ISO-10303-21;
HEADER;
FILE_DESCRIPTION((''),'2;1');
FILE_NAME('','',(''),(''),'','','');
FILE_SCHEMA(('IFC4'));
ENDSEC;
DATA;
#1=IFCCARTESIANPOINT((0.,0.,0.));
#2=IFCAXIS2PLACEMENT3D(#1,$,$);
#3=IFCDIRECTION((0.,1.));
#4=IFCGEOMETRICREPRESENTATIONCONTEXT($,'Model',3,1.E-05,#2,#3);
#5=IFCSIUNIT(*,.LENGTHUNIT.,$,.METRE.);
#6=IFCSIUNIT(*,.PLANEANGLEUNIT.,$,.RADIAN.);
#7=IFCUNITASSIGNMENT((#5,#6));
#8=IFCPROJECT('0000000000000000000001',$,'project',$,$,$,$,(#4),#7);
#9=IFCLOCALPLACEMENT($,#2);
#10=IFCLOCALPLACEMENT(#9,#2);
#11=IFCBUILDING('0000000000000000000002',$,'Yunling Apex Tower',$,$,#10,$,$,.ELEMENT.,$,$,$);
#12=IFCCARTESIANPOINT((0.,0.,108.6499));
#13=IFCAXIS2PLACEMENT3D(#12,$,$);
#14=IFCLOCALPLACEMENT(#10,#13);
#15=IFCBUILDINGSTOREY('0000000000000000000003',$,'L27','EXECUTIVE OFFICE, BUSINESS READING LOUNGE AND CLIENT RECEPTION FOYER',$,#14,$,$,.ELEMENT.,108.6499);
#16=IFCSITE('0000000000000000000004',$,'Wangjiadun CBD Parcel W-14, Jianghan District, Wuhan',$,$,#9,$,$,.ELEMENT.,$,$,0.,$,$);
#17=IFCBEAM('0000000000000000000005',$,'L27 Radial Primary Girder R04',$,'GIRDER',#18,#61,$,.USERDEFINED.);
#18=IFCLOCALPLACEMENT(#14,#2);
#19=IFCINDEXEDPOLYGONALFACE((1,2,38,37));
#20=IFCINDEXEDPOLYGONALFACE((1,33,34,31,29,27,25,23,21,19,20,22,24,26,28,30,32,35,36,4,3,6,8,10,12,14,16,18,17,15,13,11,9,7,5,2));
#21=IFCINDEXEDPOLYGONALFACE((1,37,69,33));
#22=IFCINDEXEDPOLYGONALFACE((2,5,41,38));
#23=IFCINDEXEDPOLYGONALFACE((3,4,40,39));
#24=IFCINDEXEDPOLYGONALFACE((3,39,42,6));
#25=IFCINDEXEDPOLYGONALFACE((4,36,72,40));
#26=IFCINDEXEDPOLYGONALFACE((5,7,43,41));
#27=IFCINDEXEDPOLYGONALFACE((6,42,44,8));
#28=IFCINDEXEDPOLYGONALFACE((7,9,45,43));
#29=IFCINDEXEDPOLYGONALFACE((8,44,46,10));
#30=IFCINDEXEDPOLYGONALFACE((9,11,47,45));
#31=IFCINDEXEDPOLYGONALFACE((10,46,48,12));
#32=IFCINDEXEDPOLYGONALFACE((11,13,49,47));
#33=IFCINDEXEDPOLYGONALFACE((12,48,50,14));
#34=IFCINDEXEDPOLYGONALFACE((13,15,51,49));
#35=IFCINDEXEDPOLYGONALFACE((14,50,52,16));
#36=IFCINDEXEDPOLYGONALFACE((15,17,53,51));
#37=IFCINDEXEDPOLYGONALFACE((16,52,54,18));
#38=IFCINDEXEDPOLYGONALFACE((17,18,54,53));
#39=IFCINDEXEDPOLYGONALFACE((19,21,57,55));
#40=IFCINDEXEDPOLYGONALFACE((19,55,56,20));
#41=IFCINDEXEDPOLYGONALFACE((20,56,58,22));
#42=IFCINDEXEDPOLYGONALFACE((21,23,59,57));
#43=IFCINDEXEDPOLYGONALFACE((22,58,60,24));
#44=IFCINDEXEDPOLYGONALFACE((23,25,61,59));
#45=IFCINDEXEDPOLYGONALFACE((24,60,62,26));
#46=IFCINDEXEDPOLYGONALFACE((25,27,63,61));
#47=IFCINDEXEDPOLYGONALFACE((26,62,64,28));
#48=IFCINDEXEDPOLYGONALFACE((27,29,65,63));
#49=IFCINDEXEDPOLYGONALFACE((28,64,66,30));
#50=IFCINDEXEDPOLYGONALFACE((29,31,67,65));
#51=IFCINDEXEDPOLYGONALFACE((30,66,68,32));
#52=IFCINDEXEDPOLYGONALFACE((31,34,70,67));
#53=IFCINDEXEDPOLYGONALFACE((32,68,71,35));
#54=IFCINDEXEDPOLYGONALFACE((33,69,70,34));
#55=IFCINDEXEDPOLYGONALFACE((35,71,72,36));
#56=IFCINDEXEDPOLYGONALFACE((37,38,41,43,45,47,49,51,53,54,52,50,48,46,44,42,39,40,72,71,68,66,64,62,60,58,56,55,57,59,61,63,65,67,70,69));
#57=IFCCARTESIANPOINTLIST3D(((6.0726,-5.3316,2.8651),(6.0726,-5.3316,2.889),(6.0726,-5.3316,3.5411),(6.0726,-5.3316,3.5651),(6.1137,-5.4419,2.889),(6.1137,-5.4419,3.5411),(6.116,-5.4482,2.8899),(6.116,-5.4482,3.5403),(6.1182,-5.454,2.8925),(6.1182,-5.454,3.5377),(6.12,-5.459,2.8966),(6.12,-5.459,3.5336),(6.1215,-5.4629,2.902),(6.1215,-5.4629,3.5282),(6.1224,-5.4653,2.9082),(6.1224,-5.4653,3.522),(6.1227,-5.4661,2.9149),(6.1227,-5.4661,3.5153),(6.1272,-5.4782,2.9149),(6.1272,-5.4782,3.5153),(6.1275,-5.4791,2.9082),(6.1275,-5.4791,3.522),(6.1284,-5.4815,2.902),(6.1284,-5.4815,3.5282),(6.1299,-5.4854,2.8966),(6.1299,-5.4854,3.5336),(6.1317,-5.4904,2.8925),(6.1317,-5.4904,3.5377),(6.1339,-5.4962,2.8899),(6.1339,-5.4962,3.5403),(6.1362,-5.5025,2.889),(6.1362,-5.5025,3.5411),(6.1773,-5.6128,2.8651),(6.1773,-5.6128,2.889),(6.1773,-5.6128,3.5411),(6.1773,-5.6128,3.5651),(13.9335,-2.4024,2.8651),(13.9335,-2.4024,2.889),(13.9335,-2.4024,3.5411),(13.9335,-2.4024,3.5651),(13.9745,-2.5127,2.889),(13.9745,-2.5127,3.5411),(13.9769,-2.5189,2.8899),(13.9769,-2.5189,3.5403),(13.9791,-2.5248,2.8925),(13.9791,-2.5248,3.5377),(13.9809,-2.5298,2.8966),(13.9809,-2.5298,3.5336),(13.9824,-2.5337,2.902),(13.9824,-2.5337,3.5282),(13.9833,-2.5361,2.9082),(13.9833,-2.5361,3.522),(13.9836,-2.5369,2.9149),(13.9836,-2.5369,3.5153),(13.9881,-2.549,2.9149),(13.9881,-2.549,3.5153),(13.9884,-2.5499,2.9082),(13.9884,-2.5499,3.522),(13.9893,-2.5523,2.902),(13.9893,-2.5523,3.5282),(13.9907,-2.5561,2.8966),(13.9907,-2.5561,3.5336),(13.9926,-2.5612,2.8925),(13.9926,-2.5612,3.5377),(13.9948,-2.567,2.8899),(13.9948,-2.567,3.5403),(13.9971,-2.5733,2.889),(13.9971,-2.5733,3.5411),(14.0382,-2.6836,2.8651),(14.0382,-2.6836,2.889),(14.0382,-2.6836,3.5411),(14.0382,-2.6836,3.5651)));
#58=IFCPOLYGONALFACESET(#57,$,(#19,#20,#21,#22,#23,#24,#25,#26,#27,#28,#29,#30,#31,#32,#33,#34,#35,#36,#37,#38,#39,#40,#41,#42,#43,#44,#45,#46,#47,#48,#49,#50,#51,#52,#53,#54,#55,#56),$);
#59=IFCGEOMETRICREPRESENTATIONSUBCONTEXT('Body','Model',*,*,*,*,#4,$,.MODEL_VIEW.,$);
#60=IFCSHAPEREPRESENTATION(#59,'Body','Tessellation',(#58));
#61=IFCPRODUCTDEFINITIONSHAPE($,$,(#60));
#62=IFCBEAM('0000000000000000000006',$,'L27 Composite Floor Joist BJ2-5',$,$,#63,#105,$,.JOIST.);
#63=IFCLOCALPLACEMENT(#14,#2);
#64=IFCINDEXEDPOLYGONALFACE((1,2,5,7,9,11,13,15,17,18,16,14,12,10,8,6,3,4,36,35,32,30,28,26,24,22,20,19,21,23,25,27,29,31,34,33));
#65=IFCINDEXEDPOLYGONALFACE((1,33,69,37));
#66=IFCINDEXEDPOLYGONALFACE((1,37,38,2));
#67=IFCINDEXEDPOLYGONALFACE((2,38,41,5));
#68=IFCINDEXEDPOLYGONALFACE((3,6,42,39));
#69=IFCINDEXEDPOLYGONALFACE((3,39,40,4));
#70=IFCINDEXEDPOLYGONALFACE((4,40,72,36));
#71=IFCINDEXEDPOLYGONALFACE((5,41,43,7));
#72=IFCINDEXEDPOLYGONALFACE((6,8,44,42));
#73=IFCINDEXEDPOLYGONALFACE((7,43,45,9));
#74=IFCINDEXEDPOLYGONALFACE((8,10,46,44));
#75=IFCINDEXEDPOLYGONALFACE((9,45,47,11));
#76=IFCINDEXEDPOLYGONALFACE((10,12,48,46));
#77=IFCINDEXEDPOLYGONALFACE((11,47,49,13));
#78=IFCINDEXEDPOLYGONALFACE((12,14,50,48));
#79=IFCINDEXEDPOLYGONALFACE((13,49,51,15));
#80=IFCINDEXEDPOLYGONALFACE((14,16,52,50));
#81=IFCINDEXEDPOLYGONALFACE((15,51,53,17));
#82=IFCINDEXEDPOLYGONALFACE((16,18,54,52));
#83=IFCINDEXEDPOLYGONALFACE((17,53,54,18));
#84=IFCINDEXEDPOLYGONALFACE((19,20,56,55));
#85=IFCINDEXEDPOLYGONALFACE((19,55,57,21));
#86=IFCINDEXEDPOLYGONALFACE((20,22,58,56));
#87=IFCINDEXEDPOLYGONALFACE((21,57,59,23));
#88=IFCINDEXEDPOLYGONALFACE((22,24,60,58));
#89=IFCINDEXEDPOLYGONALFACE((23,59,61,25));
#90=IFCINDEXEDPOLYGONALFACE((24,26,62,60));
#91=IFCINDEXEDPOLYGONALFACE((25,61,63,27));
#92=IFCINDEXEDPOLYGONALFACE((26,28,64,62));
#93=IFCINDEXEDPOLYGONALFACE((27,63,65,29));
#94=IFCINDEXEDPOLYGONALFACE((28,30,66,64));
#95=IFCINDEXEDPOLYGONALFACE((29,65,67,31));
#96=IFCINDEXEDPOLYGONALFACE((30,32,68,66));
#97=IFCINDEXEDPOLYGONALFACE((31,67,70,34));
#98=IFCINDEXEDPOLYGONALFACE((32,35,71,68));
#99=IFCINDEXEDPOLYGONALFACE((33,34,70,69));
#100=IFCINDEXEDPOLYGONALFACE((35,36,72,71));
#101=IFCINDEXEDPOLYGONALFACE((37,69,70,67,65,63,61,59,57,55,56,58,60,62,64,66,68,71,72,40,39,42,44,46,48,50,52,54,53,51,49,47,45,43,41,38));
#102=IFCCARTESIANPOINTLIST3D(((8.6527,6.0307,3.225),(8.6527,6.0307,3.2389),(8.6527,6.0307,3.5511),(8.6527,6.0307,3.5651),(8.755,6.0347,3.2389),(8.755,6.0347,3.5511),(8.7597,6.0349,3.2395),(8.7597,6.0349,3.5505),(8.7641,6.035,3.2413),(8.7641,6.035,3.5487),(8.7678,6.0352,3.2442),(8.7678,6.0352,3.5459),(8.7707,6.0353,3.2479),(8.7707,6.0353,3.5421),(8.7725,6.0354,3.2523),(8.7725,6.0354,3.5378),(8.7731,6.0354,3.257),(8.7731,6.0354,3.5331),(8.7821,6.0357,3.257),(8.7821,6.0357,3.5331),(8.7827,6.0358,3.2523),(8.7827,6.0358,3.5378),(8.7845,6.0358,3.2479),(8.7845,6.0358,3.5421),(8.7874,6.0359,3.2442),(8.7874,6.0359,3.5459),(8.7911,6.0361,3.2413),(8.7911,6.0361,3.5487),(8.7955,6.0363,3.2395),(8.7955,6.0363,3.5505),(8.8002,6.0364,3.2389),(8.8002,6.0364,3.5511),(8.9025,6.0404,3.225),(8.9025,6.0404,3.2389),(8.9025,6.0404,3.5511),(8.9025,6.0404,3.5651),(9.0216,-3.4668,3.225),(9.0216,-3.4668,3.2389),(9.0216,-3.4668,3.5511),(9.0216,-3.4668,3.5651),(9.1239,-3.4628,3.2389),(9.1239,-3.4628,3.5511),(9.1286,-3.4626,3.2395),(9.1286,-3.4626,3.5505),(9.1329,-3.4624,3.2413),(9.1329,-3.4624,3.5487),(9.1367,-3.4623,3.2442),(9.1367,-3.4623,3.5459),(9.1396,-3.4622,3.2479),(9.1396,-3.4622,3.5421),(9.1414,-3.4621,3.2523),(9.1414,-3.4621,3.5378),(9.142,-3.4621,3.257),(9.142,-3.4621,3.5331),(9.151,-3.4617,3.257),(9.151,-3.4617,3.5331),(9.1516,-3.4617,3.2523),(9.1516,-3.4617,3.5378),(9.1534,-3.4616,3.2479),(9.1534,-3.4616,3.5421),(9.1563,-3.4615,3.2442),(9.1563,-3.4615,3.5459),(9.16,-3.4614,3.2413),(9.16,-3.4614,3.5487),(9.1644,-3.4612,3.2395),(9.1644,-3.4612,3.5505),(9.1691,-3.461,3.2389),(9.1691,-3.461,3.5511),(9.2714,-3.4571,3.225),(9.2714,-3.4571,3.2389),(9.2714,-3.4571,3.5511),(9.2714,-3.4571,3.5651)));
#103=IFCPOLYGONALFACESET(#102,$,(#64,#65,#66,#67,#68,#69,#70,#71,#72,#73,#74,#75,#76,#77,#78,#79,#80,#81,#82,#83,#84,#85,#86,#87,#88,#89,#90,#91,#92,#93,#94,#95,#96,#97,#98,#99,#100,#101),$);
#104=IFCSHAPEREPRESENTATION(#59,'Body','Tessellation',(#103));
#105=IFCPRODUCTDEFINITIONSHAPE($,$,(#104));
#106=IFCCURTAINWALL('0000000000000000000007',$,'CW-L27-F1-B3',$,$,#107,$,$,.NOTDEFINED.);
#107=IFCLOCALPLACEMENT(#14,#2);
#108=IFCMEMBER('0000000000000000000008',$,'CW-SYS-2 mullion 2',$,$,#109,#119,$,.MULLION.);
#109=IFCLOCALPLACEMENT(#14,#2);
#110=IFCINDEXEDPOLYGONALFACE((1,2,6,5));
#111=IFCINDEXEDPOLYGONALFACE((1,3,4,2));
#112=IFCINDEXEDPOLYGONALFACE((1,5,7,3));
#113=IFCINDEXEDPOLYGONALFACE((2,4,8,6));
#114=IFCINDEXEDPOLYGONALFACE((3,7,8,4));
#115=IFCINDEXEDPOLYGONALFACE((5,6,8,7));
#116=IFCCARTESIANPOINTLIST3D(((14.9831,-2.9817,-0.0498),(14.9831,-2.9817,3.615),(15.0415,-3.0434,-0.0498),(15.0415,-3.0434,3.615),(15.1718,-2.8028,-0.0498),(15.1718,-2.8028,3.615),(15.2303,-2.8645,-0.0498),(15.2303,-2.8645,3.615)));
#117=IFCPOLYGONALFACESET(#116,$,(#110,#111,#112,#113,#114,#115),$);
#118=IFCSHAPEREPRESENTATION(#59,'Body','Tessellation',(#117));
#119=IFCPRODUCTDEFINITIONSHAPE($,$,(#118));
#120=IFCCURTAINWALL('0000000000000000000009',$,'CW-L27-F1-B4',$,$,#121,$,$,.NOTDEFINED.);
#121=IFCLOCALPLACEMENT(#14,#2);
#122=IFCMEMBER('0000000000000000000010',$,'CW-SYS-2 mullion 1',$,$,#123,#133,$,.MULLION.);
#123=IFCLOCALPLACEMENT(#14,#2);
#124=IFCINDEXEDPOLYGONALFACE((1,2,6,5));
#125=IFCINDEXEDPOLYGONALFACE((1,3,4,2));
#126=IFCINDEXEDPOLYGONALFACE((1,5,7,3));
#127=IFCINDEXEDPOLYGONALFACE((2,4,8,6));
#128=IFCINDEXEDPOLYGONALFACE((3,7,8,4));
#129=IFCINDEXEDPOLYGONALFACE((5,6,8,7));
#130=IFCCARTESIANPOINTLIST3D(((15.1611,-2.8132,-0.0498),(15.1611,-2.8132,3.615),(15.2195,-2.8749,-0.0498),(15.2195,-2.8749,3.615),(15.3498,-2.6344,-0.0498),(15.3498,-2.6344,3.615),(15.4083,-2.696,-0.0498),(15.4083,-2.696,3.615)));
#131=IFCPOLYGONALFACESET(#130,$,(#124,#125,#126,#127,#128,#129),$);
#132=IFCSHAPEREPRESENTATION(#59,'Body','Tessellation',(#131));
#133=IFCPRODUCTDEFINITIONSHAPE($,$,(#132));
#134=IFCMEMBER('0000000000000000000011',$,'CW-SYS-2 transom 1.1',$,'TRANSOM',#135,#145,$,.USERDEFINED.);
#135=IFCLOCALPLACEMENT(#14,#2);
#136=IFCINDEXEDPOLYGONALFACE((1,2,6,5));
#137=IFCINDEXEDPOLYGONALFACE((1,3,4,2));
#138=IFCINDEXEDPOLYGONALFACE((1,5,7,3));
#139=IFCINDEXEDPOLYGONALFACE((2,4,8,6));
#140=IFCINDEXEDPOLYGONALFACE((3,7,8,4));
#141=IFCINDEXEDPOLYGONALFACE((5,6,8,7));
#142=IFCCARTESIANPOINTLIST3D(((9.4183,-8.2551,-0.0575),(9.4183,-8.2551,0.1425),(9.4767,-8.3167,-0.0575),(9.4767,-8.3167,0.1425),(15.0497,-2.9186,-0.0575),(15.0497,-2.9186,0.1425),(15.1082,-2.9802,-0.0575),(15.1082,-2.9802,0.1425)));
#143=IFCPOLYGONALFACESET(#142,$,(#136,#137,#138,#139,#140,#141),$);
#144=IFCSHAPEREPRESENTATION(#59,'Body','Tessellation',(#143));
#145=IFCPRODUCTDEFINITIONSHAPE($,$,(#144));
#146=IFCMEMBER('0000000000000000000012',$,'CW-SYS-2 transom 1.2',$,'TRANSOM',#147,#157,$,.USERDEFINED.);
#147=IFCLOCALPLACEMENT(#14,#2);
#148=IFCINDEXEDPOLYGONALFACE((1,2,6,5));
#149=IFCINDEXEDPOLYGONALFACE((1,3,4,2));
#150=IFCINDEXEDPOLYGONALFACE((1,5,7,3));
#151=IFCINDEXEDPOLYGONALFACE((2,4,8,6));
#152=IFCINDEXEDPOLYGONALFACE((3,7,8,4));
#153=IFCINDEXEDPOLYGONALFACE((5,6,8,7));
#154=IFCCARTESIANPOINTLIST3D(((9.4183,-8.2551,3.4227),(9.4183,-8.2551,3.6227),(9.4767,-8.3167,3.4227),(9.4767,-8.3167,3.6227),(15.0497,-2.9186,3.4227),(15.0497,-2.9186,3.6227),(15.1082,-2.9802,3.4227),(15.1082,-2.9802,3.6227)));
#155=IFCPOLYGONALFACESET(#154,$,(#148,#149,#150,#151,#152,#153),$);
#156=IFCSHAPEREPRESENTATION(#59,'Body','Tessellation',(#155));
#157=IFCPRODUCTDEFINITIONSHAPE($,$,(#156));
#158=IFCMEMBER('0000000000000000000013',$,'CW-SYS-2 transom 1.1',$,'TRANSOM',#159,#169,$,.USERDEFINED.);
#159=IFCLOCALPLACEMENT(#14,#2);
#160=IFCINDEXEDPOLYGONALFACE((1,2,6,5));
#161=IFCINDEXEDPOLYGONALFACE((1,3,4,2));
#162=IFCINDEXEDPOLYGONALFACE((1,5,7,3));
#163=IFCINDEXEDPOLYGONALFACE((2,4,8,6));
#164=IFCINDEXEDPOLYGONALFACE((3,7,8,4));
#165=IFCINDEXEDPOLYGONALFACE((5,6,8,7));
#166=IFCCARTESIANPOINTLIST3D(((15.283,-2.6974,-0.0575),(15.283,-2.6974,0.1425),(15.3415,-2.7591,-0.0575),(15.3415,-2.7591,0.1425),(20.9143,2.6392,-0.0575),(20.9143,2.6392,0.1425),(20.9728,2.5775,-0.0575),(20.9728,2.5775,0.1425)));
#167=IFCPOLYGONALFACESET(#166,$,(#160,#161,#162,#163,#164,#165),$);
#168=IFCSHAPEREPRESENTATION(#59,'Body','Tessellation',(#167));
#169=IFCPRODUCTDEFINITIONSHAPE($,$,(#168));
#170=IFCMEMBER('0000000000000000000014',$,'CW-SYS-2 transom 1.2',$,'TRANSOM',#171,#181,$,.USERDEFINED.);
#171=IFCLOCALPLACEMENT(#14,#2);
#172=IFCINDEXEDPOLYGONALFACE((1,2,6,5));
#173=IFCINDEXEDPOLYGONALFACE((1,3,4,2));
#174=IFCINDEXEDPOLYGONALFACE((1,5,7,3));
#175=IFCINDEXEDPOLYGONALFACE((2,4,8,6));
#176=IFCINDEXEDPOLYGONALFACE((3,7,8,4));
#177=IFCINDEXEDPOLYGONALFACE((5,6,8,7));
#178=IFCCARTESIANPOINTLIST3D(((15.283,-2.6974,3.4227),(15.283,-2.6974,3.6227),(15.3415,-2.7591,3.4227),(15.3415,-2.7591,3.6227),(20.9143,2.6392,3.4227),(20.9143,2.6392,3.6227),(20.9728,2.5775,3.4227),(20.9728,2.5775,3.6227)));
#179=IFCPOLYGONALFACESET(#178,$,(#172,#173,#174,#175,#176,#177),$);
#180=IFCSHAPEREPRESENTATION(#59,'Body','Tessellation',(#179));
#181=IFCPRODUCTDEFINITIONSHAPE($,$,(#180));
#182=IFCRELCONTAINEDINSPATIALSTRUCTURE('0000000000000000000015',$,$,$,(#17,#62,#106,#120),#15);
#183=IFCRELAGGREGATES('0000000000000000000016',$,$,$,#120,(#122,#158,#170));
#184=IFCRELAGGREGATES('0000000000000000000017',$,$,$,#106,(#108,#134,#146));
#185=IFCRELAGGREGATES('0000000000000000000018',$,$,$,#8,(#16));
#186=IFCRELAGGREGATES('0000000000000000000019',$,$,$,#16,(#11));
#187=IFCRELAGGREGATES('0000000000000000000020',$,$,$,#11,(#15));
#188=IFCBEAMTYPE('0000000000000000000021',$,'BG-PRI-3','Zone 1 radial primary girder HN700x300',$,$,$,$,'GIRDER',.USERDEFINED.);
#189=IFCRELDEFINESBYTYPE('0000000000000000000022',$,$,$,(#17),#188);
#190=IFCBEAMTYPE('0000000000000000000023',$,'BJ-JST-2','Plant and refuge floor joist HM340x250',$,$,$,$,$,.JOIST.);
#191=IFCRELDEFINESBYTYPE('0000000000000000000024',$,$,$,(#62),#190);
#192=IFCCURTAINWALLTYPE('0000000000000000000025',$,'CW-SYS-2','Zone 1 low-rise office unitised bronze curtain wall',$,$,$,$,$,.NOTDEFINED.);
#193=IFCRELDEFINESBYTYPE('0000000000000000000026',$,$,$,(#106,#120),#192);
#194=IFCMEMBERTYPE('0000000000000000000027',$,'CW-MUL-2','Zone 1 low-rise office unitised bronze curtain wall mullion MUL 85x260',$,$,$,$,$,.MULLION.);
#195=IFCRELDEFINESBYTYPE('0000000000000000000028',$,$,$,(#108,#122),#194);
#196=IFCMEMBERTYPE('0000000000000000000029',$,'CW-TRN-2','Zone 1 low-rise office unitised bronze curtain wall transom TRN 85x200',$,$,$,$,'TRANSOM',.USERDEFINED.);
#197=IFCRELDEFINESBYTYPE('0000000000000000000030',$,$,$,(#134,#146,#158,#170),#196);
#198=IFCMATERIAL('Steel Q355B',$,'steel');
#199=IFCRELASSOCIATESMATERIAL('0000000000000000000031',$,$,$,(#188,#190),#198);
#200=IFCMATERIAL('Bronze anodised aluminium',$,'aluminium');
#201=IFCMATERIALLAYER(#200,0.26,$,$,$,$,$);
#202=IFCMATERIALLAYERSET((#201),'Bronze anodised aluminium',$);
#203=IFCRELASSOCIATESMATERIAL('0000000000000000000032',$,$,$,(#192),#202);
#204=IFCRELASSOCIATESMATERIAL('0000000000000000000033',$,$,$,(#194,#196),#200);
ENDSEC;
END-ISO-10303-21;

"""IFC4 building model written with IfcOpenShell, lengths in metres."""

from ifc_helpers import new_model, si_unit, direction, frame, origin, origin_2d, place, context, subcontext, project, spatial, rectangle, i_section, extrude, source, transform, mapped, material, layer, layer_set, material_profile, profile_set, type_object, element, aggregate, save


model = new_model("IFC4")

# Units and contexts
model_context = context("Model", 3, precision=1e-05, world=origin(), true_north=direction((0.0, 1.0)))
body_context = subcontext(model_context, "Body", "Model", "MODEL_VIEW")
ifc_project = project(units=[si_unit("LENGTHUNIT", "METRE"), si_unit("PLANEANGLEUNIT", "RADIAN")], contexts=[model_context])

# Site, building, storey
site_placement = place(None, origin())
site = spatial("IfcSite", under=ifc_project, at=site_placement, Name="Wangjiadun CBD Parcel W-14, Jianghan District, Wuhan", CompositionType="ELEMENT", RefElevation=0.0)
building_placement = place(site_placement, origin())
building = spatial("IfcBuilding", under=site, at=building_placement, Name="Yunling Apex Tower", CompositionType="ELEMENT")
storey_placement = place(building_placement, frame((0.0, 0.0, 108.6499)))
storey = spatial("IfcBuildingStorey", under=building, at=storey_placement, Name="L27", Description="EXECUTIVE OFFICE, BUSINESS READING LOUNGE AND CLIENT RECEPTION FOYER", CompositionType="ELEMENT", Elevation=108.6499)

# Beams
ifc_material_1 = material(Name="Steel Q355B", Category="steel")
ifc_material_profile_1 = material_profile(ifc_material_1, i_section(OverallWidth=0.3, OverallDepth=0.7, WebThickness=0.0129, FlangeThickness=0.0239, FilletRadius=0.0259, at=origin_2d()))
ifc_profile_set_1 = profile_set([ifc_material_profile_1], Name="Steel Q355B")
beam_type_1 = type_object("IfcBeamType", Name="BG-PRI-3", Description="Zone 1 radial primary girder HN700x300", ElementType="GIRDER", PredefinedType="USERDEFINED", material=ifc_profile_set_1)
shared_shape_1 = source(origin(), body_context, "Body", "SweptSolid", [
    extrude(i_section(OverallWidth=0.3, OverallDepth=0.7, WebThickness=0.0129, FlangeThickness=0.0239, FilletRadius=0.0259, at=origin_2d()), origin(), (0.0, 0.0, 1.0), 8.3889),
])
beam_1_placement = place(storey_placement, frame((13.9858, -2.543, 3.2151), z_axis=(-0.937057, -0.349177, 0.0), x_axis=(0.349177, -0.937057, 0.0)))
element("IfcBeam", 1, at=beam_1_placement, inside=storey, type_object=beam_type_1, Name="L27 Radial Primary Girder R04", ObjectType="GIRDER", PredefinedType="USERDEFINED", context=body_context, shape_type="MappedRepresentation", body=[
    mapped(shared_shape_1, transform((0.0, 0.0, 0.0), scale=1.0)),
])
ifc_material_profile_2 = material_profile(ifc_material_1, i_section(OverallWidth=0.25, OverallDepth=0.3401, WebThickness=0.009, FlangeThickness=0.0139, FilletRadius=0.0181, at=origin_2d()))
ifc_profile_set_2 = profile_set([ifc_material_profile_2], Name="Steel Q355B")
beam_type_2 = type_object("IfcBeamType", Name="BJ-JST-2", Description="Plant and refuge floor joist HM340x250", PredefinedType="JOIST", material=ifc_profile_set_2)
shared_shape_2 = source(origin(), body_context, "Body", "SweptSolid", [
    extrude(i_section(OverallWidth=0.25, OverallDepth=0.3401, WebThickness=0.009, FlangeThickness=0.0139, FilletRadius=0.0181, at=origin_2d()), origin(), (0.0, 0.0, 1.0), 9.5046),
])
beam_2_placement = place(storey_placement, frame((9.1465, -3.4619, 3.395), z_axis=(-0.038812, 0.999247, 0.0), x_axis=(-0.999247, -0.038812, 0.0)))
element("IfcBeam", 2, at=beam_2_placement, inside=storey, type_object=beam_type_2, Name="L27 Composite Floor Joist BJ2-5", PredefinedType="JOIST", context=body_context, shape_type="MappedRepresentation", body=[
    mapped(shared_shape_2, transform((0.0, 0.0, 0.0), scale=1.0)),
])

# Curtain walls, members
ifc_material_2 = material(Name="Bronze anodised aluminium", Category="aluminium")
ifc_layer_1 = layer(ifc_material_2, 0.26)
ifc_layer_set_1 = layer_set([ifc_layer_1], Name="Bronze anodised aluminium")
curtain_wall_type = type_object("IfcCurtainWallType", Name="CW-SYS-2", Description="Zone 1 low-rise office unitised bronze curtain wall", PredefinedType="NOTDEFINED", material=ifc_layer_set_1)
curtain_wall_1_placement = place(storey_placement, origin())
curtain_wall_1 = element("IfcCurtainWall", 3, at=curtain_wall_1_placement, inside=storey, type_object=curtain_wall_type, Name="CW-L27-F1-B3", PredefinedType="NOTDEFINED")
ifc_material_profile_3 = material_profile(ifc_material_2, rectangle(XDim=0.085, YDim=0.26, at=origin_2d()))
ifc_profile_set_3 = profile_set([ifc_material_profile_3], Name="Bronze anodised aluminium")
member_type_1 = type_object("IfcMemberType", Name="CW-MUL-2", Description="Zone 1 low-rise office unitised bronze curtain wall mullion MUL 85x260", PredefinedType="MULLION", material=ifc_profile_set_3)
shared_shape_3 = source(origin(), body_context, "Body", "SweptSolid", [
    extrude(rectangle(XDim=0.085, YDim=0.26, at=origin_2d()), origin(), (0.0, 0.0, 1.0), 3.6648),
])
member_1_placement = place(storey_placement, frame((15.1067, -2.9231, -0.0498), z_axis=(0.0, 0.0, 1.0), x_axis=(-0.687861, 0.725842, 0.0)))
member_1 = element("IfcMember", 4, at=member_1_placement, type_object=member_type_1, Name="CW-SYS-2 mullion 2", PredefinedType="MULLION", context=body_context, shape_type="MappedRepresentation", body=[
    mapped(shared_shape_3, transform((0.0, 0.0, 0.0), scale=1.0)),
])
curtain_wall_2_placement = place(storey_placement, origin())
curtain_wall_2 = element("IfcCurtainWall", 5, at=curtain_wall_2_placement, inside=storey, type_object=curtain_wall_type, Name="CW-L27-F1-B4", PredefinedType="NOTDEFINED")
member_2_placement = place(storey_placement, frame((15.2847, -2.7546, -0.0498), z_axis=(0.0, 0.0, 1.0), x_axis=(-0.687861, 0.725842, 0.0)))
member_2 = element("IfcMember", 6, at=member_2_placement, type_object=member_type_1, Name="CW-SYS-2 mullion 1", PredefinedType="MULLION", context=body_context, shape_type="MappedRepresentation", body=[
    mapped(shared_shape_3, transform((0.0, 0.0, 0.0), scale=1.0)),
])

# Members
ifc_material_profile_4 = material_profile(ifc_material_2, rectangle(XDim=0.085, YDim=0.2, at=origin_2d()))
ifc_profile_set_4 = profile_set([ifc_material_profile_4], Name="Bronze anodised aluminium")
member_type_2 = type_object("IfcMemberType", Name="CW-TRN-2", Description="Zone 1 low-rise office unitised bronze curtain wall transom TRN 85x200", ElementType="TRANSOM", PredefinedType="USERDEFINED", material=ifc_profile_set_4)
shared_shape_4 = source(origin(), body_context, "Body", "SweptSolid", [
    extrude(rectangle(XDim=0.085, YDim=0.2, at=origin_2d()), origin(), (0.0, 0.0, 1.0), 7.7583),
])
member_3_placement = place(storey_placement, frame((9.4475, -8.2859, 0.0425), z_axis=(0.725858, 0.687844, 0.0), x_axis=(-0.687844, 0.725858, 0.0)))
member_3 = element("IfcMember", 7, at=member_3_placement, type_object=member_type_2, Name="CW-SYS-2 transom 1.1", ObjectType="TRANSOM", PredefinedType="USERDEFINED", context=body_context, shape_type="MappedRepresentation", body=[
    mapped(shared_shape_4, transform((0.0, 0.0, 0.0), scale=1.0)),
])
member_4_placement = place(storey_placement, frame((9.4475, -8.2859, 3.5227), z_axis=(0.725858, 0.687844, 0.0), x_axis=(-0.687844, 0.725858, 0.0)))
member_4 = element("IfcMember", 8, at=member_4_placement, type_object=member_type_2, Name="CW-SYS-2 transom 1.2", ObjectType="TRANSOM", PredefinedType="USERDEFINED", context=body_context, shape_type="MappedRepresentation", body=[
    mapped(shared_shape_4, transform((0.0, 0.0, 0.0), scale=1.0)),
])
member_5_placement = place(storey_placement, frame((15.3123, -2.7283, 0.0425), z_axis=(0.725843, 0.687861, 0.0), x_axis=(-0.687861, 0.725843, 0.0)))
member_5 = element("IfcMember", 9, at=member_5_placement, type_object=member_type_2, Name="CW-SYS-2 transom 1.1", ObjectType="TRANSOM", PredefinedType="USERDEFINED", context=body_context, shape_type="MappedRepresentation", body=[
    mapped(shared_shape_4, transform((0.0, 0.0, 0.0), scale=1.0)),
])
member_6_placement = place(storey_placement, frame((15.3123, -2.7283, 3.5227), z_axis=(0.725843, 0.687861, 0.0), x_axis=(-0.687861, 0.725843, 0.0)))
member_6 = element("IfcMember", 10, at=member_6_placement, type_object=member_type_2, Name="CW-SYS-2 transom 1.2", ObjectType="TRANSOM", PredefinedType="USERDEFINED", context=body_context, shape_type="MappedRepresentation", body=[
    mapped(shared_shape_4, transform((0.0, 0.0, 0.0), scale=1.0)),
])
aggregate(curtain_wall_2, [member_2, member_5, member_6])

aggregate(curtain_wall_1, [member_1, member_3, member_4])

save(model, "model.ifc")
